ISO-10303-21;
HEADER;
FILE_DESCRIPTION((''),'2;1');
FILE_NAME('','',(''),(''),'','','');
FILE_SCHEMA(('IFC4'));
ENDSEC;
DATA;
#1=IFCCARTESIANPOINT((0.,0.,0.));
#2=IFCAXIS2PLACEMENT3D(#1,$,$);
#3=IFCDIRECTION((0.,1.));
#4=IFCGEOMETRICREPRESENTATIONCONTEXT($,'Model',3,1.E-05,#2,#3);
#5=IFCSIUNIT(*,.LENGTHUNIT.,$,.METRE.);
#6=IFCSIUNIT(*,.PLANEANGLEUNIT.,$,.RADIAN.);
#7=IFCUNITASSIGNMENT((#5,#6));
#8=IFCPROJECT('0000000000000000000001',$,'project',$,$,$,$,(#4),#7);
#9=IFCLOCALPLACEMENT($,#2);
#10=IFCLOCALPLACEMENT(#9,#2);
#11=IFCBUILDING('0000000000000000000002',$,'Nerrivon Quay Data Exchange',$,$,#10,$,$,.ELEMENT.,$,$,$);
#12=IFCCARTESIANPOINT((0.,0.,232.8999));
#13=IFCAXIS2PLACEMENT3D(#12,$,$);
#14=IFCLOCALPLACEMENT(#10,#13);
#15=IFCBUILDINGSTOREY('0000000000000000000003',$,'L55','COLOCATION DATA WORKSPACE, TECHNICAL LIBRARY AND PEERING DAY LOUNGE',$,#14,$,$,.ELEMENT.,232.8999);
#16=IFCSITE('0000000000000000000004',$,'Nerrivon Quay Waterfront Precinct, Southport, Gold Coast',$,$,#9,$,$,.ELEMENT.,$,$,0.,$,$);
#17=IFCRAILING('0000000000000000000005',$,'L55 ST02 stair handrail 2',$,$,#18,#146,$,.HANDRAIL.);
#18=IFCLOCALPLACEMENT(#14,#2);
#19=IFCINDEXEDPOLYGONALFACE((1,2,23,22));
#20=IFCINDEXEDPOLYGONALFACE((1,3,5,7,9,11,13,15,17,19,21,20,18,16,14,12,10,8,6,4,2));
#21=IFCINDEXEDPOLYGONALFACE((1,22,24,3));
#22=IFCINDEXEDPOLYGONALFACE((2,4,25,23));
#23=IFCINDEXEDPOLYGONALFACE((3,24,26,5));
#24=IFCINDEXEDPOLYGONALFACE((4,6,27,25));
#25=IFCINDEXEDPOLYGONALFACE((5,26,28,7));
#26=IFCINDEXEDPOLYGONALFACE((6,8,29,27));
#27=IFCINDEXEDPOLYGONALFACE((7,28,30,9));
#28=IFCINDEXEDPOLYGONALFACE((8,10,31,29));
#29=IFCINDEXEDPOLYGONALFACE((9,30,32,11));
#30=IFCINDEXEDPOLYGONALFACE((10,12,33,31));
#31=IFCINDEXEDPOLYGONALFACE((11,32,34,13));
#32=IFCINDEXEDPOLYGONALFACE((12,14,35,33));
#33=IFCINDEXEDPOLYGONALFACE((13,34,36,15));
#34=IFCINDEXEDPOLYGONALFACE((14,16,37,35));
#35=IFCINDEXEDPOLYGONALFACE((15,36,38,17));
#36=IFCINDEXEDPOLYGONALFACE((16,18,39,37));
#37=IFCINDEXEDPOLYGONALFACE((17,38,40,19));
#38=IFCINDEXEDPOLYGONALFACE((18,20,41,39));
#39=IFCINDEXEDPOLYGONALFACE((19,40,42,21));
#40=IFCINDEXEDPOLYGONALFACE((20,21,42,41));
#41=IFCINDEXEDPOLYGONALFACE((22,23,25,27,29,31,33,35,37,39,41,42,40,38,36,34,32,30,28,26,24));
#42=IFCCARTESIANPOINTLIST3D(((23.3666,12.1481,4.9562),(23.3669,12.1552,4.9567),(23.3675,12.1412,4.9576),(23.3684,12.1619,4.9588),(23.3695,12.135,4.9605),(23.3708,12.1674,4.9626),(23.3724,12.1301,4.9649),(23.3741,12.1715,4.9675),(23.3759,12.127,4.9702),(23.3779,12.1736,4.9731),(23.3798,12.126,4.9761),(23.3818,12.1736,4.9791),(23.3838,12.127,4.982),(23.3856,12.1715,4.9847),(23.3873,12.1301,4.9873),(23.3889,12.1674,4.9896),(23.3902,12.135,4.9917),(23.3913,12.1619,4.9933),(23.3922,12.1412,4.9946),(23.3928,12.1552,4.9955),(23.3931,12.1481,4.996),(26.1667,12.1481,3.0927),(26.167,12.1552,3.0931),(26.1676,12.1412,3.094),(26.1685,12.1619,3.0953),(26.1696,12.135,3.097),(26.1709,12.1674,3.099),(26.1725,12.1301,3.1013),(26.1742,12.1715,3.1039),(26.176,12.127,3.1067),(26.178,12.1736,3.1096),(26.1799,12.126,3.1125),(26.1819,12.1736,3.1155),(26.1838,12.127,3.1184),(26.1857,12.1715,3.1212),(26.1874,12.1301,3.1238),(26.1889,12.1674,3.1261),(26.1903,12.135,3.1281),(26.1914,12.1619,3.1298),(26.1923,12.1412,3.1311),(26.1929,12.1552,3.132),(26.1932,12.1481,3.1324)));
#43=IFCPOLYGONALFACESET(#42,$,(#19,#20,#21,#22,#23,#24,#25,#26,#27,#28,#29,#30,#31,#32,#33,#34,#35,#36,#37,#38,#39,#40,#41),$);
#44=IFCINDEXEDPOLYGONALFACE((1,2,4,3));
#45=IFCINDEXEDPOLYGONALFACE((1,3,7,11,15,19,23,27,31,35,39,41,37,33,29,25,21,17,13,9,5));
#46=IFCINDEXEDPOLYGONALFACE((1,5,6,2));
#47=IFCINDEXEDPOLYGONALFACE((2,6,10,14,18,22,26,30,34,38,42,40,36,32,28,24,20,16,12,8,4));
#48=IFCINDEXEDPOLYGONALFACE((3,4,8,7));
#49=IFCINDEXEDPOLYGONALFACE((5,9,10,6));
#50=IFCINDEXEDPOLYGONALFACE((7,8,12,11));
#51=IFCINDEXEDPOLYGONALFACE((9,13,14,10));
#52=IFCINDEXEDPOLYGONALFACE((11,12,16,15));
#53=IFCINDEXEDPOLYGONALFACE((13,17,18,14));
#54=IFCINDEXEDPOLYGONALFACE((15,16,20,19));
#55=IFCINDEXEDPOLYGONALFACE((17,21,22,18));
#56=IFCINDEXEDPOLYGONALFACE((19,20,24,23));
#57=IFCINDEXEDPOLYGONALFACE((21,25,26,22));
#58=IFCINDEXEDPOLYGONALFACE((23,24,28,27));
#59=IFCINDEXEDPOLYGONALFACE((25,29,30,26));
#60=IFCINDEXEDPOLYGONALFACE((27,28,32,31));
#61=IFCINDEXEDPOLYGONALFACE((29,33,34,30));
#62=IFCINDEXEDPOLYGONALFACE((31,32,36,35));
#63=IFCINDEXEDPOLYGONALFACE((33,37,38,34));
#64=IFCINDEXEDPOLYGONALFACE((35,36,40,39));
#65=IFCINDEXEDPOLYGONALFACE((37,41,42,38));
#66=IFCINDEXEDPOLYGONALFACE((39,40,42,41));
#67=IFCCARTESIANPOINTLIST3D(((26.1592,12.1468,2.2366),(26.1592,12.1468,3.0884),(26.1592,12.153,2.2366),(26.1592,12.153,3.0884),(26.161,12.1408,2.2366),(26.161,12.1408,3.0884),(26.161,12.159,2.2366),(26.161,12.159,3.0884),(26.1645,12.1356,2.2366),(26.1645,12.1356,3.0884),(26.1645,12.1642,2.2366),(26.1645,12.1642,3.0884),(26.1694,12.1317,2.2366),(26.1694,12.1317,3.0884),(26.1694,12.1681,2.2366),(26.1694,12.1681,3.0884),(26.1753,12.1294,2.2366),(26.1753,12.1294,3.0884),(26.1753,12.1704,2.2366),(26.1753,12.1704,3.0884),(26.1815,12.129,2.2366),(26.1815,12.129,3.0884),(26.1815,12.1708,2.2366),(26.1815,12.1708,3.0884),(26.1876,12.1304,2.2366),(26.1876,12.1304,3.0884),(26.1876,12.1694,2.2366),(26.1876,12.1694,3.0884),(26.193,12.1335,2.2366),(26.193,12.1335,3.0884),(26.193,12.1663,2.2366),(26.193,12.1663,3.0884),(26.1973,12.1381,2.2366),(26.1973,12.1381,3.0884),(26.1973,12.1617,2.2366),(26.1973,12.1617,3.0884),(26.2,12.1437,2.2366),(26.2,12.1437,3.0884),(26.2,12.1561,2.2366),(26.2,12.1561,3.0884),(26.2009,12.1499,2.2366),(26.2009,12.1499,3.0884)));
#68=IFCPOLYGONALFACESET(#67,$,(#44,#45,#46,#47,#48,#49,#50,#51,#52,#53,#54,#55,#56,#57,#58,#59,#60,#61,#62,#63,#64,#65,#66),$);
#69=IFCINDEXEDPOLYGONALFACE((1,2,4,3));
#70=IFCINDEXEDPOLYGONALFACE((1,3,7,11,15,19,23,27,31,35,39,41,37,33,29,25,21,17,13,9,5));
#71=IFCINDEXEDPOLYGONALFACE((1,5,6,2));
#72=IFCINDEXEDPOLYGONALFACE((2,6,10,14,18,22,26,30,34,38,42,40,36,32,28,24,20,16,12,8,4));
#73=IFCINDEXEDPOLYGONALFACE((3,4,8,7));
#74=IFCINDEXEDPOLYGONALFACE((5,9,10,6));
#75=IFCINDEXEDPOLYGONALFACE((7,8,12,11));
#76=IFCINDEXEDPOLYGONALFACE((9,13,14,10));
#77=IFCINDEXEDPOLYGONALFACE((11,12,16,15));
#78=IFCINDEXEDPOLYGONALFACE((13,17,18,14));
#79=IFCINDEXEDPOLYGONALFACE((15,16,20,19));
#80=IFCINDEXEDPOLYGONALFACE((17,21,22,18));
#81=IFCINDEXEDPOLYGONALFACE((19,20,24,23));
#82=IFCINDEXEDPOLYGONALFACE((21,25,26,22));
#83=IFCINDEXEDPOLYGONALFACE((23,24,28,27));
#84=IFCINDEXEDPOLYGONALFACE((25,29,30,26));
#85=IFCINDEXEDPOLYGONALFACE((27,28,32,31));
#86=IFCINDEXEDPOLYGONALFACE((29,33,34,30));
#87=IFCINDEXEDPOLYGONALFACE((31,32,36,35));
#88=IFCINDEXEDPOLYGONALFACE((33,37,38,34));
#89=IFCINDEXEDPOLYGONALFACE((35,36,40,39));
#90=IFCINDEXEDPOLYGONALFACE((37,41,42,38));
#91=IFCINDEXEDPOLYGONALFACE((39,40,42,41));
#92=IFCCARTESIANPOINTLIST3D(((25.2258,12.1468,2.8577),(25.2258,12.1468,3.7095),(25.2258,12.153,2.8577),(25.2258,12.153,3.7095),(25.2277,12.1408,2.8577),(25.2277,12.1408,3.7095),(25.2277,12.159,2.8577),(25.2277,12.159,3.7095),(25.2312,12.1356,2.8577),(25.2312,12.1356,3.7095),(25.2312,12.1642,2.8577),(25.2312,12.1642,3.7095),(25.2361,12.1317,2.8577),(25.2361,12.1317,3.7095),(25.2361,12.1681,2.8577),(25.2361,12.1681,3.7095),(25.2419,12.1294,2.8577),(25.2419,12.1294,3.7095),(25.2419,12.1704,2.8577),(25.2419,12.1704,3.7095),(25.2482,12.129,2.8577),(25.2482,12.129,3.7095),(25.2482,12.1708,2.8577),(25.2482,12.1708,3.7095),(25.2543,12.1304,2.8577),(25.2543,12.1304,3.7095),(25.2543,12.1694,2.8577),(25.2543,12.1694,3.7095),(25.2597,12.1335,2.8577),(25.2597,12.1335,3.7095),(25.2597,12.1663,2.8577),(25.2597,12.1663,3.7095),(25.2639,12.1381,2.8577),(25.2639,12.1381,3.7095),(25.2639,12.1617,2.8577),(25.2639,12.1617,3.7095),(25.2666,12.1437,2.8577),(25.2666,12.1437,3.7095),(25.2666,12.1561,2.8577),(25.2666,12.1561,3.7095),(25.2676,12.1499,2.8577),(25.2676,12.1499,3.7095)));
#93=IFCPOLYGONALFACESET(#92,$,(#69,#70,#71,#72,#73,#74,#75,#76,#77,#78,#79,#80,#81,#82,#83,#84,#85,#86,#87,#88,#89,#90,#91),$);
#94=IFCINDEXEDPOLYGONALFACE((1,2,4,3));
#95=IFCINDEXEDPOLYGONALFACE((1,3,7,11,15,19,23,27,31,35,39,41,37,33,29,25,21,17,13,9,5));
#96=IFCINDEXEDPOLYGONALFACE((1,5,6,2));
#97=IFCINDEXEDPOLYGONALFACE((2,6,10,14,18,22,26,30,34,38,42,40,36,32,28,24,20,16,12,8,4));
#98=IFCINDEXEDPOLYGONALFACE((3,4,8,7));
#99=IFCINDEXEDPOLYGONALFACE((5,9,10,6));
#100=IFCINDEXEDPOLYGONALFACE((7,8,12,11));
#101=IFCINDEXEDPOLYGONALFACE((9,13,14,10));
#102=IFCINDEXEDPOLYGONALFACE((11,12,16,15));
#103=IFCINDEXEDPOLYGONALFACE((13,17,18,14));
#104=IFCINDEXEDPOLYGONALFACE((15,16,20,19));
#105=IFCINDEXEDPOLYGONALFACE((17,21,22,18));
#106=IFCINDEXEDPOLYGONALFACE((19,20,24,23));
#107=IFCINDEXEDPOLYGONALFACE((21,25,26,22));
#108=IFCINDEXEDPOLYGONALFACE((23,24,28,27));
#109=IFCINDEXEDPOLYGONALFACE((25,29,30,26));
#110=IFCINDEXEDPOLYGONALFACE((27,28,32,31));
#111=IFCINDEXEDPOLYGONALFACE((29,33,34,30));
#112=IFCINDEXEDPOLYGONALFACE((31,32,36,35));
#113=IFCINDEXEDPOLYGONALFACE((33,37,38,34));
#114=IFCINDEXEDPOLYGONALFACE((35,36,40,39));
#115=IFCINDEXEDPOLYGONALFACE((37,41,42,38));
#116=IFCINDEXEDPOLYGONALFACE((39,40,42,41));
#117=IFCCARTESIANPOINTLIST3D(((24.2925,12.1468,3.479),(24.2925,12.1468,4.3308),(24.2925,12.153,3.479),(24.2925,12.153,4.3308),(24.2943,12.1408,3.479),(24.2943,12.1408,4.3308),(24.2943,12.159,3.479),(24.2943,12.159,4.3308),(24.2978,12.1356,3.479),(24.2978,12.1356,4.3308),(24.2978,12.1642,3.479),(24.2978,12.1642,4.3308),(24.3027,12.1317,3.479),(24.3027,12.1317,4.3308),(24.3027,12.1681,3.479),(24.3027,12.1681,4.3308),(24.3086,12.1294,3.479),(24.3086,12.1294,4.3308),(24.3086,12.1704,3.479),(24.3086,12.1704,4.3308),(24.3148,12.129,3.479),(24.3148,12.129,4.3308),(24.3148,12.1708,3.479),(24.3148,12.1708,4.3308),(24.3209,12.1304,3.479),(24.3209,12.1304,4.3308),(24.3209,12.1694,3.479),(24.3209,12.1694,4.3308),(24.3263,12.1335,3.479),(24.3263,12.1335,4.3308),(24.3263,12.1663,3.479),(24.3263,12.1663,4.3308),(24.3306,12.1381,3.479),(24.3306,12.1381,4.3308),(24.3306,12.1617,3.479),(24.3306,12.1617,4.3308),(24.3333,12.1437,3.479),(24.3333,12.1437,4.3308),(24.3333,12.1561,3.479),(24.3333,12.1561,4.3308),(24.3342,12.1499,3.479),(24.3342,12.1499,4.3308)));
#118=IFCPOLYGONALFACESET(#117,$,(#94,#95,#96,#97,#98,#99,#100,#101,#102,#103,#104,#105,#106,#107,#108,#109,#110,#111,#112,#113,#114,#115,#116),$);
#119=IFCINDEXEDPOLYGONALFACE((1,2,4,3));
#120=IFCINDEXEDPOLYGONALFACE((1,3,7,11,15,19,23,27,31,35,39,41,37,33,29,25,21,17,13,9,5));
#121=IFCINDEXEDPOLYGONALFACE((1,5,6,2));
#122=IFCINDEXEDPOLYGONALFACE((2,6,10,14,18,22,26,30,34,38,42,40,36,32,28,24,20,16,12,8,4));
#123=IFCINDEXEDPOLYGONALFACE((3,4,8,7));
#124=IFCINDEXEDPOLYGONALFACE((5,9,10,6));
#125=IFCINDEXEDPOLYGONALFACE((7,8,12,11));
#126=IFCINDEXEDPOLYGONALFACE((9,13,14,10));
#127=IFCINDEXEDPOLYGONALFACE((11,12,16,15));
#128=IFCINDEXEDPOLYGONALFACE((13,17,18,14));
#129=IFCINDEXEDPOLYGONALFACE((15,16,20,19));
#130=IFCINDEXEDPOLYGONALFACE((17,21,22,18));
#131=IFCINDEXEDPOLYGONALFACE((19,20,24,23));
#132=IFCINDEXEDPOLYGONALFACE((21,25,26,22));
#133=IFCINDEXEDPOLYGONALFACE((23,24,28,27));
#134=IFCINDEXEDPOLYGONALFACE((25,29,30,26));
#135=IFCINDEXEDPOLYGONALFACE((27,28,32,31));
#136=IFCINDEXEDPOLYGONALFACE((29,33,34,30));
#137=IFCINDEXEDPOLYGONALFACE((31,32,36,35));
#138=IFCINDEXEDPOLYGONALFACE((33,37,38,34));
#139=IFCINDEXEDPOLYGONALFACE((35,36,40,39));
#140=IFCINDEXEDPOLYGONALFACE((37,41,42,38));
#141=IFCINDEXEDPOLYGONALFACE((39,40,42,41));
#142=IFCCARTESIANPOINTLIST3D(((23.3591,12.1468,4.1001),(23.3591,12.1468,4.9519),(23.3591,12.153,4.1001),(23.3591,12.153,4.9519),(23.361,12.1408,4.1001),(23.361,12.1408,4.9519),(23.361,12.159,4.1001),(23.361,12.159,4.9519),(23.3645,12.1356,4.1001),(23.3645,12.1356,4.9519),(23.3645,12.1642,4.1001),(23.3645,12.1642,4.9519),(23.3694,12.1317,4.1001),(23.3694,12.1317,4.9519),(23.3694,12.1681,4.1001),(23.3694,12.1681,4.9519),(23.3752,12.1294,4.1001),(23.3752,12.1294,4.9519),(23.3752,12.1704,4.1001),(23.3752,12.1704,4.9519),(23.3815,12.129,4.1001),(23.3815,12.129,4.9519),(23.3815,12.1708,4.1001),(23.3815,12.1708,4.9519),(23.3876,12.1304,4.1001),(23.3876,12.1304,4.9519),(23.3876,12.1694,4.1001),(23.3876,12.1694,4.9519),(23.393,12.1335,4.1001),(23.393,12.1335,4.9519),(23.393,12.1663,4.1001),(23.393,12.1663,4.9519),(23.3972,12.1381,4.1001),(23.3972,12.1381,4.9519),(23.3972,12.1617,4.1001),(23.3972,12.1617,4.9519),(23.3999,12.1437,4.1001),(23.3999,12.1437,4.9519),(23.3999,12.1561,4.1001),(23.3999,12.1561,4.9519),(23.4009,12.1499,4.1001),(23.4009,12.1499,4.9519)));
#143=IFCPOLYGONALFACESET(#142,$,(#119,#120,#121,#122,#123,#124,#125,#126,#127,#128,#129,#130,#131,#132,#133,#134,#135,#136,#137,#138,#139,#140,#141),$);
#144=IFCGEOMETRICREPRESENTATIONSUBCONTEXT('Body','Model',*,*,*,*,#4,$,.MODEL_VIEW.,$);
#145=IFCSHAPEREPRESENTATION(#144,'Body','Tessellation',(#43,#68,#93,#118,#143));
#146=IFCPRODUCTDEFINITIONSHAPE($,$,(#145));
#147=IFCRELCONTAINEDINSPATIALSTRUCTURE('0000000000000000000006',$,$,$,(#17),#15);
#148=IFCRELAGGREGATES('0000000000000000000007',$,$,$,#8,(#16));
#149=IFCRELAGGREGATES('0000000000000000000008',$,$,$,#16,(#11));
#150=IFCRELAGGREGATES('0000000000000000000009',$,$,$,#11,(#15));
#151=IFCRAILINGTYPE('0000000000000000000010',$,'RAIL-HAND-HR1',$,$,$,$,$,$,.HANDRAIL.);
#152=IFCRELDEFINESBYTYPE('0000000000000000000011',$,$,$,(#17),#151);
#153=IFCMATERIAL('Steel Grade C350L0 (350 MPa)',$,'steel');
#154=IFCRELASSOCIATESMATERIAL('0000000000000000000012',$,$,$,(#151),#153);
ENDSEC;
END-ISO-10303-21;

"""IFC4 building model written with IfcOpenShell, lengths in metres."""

from ifc_helpers import new_model, si_unit, direction, frame, origin, origin_2d, place, context, subcontext, project, spatial, circle, extrude, material, type_object, element, save


model = new_model("IFC4")

# Units and contexts
model_context = context("Model", 3, precision=1e-05, world=origin(), true_north=direction((0.0, 1.0)))
body_context = subcontext(model_context, "Body", "Model", "MODEL_VIEW")
ifc_project = project(units=[si_unit("LENGTHUNIT", "METRE"), si_unit("PLANEANGLEUNIT", "RADIAN")], contexts=[model_context])

# Site, building, storey
site_placement = place(None, origin())
site = spatial("IfcSite", under=ifc_project, at=site_placement, Name="Nerrivon Quay Waterfront Precinct, Southport, Gold Coast", CompositionType="ELEMENT", RefElevation=0.0)
building_placement = place(site_placement, origin())
building = spatial("IfcBuilding", under=site, at=building_placement, Name="Nerrivon Quay Data Exchange", CompositionType="ELEMENT")
storey_placement = place(building_placement, frame((0.0, 0.0, 232.8999)))
storey = spatial("IfcBuildingStorey", under=building, at=storey_placement, Name="L55", Description="COLOCATION DATA WORKSPACE, TECHNICAL LIBRARY AND PEERING DAY LOUNGE", CompositionType="ELEMENT", Elevation=232.8999)

# Railing
ifc_material_1 = material(Name="Steel Grade C350L0 (350 MPa)", Category="steel")
railing_type_1 = type_object("IfcRailingType", Name="RAIL-HAND-HR1", PredefinedType="HANDRAIL", material=ifc_material_1)
railing_1_placement = place(storey_placement, frame((26.1799, 12.1499, 2.2366)))
element("IfcRailing", 1, at=railing_1_placement, inside=storey, type_object=railing_type_1, Name="L55 ST02 stair handrail 2", PredefinedType="HANDRAIL", context=body_context, shape_type="SweptSolid", body=[
    extrude(circle(Radius=0.0239, at=origin_2d()), frame((0.0, 0.0, 0.876), z_axis=(-0.832486, 0.0, 0.554047), x_axis=(0.0, -1.0, 0.0)), (0.0, 0.0, 1.0), 3.3635),
    extrude(circle(Radius=0.021, at=origin_2d()), origin(), (0.0, 0.0, 1.0), 0.8518),
    extrude(circle(Radius=0.021, at=origin_2d()), frame((-0.9333, 0.0, 0.6211)), (0.0, 0.0, 1.0), 0.8518),
    extrude(circle(Radius=0.021, at=origin_2d()), frame((-1.8667, 0.0, 1.2424)), (0.0, 0.0, 1.0), 0.8518),
    extrude(circle(Radius=0.021, at=origin_2d()), frame((-2.8, 0.0, 1.8635)), (0.0, 0.0, 1.0), 0.8518),
])

save(model, "model.ifc")
